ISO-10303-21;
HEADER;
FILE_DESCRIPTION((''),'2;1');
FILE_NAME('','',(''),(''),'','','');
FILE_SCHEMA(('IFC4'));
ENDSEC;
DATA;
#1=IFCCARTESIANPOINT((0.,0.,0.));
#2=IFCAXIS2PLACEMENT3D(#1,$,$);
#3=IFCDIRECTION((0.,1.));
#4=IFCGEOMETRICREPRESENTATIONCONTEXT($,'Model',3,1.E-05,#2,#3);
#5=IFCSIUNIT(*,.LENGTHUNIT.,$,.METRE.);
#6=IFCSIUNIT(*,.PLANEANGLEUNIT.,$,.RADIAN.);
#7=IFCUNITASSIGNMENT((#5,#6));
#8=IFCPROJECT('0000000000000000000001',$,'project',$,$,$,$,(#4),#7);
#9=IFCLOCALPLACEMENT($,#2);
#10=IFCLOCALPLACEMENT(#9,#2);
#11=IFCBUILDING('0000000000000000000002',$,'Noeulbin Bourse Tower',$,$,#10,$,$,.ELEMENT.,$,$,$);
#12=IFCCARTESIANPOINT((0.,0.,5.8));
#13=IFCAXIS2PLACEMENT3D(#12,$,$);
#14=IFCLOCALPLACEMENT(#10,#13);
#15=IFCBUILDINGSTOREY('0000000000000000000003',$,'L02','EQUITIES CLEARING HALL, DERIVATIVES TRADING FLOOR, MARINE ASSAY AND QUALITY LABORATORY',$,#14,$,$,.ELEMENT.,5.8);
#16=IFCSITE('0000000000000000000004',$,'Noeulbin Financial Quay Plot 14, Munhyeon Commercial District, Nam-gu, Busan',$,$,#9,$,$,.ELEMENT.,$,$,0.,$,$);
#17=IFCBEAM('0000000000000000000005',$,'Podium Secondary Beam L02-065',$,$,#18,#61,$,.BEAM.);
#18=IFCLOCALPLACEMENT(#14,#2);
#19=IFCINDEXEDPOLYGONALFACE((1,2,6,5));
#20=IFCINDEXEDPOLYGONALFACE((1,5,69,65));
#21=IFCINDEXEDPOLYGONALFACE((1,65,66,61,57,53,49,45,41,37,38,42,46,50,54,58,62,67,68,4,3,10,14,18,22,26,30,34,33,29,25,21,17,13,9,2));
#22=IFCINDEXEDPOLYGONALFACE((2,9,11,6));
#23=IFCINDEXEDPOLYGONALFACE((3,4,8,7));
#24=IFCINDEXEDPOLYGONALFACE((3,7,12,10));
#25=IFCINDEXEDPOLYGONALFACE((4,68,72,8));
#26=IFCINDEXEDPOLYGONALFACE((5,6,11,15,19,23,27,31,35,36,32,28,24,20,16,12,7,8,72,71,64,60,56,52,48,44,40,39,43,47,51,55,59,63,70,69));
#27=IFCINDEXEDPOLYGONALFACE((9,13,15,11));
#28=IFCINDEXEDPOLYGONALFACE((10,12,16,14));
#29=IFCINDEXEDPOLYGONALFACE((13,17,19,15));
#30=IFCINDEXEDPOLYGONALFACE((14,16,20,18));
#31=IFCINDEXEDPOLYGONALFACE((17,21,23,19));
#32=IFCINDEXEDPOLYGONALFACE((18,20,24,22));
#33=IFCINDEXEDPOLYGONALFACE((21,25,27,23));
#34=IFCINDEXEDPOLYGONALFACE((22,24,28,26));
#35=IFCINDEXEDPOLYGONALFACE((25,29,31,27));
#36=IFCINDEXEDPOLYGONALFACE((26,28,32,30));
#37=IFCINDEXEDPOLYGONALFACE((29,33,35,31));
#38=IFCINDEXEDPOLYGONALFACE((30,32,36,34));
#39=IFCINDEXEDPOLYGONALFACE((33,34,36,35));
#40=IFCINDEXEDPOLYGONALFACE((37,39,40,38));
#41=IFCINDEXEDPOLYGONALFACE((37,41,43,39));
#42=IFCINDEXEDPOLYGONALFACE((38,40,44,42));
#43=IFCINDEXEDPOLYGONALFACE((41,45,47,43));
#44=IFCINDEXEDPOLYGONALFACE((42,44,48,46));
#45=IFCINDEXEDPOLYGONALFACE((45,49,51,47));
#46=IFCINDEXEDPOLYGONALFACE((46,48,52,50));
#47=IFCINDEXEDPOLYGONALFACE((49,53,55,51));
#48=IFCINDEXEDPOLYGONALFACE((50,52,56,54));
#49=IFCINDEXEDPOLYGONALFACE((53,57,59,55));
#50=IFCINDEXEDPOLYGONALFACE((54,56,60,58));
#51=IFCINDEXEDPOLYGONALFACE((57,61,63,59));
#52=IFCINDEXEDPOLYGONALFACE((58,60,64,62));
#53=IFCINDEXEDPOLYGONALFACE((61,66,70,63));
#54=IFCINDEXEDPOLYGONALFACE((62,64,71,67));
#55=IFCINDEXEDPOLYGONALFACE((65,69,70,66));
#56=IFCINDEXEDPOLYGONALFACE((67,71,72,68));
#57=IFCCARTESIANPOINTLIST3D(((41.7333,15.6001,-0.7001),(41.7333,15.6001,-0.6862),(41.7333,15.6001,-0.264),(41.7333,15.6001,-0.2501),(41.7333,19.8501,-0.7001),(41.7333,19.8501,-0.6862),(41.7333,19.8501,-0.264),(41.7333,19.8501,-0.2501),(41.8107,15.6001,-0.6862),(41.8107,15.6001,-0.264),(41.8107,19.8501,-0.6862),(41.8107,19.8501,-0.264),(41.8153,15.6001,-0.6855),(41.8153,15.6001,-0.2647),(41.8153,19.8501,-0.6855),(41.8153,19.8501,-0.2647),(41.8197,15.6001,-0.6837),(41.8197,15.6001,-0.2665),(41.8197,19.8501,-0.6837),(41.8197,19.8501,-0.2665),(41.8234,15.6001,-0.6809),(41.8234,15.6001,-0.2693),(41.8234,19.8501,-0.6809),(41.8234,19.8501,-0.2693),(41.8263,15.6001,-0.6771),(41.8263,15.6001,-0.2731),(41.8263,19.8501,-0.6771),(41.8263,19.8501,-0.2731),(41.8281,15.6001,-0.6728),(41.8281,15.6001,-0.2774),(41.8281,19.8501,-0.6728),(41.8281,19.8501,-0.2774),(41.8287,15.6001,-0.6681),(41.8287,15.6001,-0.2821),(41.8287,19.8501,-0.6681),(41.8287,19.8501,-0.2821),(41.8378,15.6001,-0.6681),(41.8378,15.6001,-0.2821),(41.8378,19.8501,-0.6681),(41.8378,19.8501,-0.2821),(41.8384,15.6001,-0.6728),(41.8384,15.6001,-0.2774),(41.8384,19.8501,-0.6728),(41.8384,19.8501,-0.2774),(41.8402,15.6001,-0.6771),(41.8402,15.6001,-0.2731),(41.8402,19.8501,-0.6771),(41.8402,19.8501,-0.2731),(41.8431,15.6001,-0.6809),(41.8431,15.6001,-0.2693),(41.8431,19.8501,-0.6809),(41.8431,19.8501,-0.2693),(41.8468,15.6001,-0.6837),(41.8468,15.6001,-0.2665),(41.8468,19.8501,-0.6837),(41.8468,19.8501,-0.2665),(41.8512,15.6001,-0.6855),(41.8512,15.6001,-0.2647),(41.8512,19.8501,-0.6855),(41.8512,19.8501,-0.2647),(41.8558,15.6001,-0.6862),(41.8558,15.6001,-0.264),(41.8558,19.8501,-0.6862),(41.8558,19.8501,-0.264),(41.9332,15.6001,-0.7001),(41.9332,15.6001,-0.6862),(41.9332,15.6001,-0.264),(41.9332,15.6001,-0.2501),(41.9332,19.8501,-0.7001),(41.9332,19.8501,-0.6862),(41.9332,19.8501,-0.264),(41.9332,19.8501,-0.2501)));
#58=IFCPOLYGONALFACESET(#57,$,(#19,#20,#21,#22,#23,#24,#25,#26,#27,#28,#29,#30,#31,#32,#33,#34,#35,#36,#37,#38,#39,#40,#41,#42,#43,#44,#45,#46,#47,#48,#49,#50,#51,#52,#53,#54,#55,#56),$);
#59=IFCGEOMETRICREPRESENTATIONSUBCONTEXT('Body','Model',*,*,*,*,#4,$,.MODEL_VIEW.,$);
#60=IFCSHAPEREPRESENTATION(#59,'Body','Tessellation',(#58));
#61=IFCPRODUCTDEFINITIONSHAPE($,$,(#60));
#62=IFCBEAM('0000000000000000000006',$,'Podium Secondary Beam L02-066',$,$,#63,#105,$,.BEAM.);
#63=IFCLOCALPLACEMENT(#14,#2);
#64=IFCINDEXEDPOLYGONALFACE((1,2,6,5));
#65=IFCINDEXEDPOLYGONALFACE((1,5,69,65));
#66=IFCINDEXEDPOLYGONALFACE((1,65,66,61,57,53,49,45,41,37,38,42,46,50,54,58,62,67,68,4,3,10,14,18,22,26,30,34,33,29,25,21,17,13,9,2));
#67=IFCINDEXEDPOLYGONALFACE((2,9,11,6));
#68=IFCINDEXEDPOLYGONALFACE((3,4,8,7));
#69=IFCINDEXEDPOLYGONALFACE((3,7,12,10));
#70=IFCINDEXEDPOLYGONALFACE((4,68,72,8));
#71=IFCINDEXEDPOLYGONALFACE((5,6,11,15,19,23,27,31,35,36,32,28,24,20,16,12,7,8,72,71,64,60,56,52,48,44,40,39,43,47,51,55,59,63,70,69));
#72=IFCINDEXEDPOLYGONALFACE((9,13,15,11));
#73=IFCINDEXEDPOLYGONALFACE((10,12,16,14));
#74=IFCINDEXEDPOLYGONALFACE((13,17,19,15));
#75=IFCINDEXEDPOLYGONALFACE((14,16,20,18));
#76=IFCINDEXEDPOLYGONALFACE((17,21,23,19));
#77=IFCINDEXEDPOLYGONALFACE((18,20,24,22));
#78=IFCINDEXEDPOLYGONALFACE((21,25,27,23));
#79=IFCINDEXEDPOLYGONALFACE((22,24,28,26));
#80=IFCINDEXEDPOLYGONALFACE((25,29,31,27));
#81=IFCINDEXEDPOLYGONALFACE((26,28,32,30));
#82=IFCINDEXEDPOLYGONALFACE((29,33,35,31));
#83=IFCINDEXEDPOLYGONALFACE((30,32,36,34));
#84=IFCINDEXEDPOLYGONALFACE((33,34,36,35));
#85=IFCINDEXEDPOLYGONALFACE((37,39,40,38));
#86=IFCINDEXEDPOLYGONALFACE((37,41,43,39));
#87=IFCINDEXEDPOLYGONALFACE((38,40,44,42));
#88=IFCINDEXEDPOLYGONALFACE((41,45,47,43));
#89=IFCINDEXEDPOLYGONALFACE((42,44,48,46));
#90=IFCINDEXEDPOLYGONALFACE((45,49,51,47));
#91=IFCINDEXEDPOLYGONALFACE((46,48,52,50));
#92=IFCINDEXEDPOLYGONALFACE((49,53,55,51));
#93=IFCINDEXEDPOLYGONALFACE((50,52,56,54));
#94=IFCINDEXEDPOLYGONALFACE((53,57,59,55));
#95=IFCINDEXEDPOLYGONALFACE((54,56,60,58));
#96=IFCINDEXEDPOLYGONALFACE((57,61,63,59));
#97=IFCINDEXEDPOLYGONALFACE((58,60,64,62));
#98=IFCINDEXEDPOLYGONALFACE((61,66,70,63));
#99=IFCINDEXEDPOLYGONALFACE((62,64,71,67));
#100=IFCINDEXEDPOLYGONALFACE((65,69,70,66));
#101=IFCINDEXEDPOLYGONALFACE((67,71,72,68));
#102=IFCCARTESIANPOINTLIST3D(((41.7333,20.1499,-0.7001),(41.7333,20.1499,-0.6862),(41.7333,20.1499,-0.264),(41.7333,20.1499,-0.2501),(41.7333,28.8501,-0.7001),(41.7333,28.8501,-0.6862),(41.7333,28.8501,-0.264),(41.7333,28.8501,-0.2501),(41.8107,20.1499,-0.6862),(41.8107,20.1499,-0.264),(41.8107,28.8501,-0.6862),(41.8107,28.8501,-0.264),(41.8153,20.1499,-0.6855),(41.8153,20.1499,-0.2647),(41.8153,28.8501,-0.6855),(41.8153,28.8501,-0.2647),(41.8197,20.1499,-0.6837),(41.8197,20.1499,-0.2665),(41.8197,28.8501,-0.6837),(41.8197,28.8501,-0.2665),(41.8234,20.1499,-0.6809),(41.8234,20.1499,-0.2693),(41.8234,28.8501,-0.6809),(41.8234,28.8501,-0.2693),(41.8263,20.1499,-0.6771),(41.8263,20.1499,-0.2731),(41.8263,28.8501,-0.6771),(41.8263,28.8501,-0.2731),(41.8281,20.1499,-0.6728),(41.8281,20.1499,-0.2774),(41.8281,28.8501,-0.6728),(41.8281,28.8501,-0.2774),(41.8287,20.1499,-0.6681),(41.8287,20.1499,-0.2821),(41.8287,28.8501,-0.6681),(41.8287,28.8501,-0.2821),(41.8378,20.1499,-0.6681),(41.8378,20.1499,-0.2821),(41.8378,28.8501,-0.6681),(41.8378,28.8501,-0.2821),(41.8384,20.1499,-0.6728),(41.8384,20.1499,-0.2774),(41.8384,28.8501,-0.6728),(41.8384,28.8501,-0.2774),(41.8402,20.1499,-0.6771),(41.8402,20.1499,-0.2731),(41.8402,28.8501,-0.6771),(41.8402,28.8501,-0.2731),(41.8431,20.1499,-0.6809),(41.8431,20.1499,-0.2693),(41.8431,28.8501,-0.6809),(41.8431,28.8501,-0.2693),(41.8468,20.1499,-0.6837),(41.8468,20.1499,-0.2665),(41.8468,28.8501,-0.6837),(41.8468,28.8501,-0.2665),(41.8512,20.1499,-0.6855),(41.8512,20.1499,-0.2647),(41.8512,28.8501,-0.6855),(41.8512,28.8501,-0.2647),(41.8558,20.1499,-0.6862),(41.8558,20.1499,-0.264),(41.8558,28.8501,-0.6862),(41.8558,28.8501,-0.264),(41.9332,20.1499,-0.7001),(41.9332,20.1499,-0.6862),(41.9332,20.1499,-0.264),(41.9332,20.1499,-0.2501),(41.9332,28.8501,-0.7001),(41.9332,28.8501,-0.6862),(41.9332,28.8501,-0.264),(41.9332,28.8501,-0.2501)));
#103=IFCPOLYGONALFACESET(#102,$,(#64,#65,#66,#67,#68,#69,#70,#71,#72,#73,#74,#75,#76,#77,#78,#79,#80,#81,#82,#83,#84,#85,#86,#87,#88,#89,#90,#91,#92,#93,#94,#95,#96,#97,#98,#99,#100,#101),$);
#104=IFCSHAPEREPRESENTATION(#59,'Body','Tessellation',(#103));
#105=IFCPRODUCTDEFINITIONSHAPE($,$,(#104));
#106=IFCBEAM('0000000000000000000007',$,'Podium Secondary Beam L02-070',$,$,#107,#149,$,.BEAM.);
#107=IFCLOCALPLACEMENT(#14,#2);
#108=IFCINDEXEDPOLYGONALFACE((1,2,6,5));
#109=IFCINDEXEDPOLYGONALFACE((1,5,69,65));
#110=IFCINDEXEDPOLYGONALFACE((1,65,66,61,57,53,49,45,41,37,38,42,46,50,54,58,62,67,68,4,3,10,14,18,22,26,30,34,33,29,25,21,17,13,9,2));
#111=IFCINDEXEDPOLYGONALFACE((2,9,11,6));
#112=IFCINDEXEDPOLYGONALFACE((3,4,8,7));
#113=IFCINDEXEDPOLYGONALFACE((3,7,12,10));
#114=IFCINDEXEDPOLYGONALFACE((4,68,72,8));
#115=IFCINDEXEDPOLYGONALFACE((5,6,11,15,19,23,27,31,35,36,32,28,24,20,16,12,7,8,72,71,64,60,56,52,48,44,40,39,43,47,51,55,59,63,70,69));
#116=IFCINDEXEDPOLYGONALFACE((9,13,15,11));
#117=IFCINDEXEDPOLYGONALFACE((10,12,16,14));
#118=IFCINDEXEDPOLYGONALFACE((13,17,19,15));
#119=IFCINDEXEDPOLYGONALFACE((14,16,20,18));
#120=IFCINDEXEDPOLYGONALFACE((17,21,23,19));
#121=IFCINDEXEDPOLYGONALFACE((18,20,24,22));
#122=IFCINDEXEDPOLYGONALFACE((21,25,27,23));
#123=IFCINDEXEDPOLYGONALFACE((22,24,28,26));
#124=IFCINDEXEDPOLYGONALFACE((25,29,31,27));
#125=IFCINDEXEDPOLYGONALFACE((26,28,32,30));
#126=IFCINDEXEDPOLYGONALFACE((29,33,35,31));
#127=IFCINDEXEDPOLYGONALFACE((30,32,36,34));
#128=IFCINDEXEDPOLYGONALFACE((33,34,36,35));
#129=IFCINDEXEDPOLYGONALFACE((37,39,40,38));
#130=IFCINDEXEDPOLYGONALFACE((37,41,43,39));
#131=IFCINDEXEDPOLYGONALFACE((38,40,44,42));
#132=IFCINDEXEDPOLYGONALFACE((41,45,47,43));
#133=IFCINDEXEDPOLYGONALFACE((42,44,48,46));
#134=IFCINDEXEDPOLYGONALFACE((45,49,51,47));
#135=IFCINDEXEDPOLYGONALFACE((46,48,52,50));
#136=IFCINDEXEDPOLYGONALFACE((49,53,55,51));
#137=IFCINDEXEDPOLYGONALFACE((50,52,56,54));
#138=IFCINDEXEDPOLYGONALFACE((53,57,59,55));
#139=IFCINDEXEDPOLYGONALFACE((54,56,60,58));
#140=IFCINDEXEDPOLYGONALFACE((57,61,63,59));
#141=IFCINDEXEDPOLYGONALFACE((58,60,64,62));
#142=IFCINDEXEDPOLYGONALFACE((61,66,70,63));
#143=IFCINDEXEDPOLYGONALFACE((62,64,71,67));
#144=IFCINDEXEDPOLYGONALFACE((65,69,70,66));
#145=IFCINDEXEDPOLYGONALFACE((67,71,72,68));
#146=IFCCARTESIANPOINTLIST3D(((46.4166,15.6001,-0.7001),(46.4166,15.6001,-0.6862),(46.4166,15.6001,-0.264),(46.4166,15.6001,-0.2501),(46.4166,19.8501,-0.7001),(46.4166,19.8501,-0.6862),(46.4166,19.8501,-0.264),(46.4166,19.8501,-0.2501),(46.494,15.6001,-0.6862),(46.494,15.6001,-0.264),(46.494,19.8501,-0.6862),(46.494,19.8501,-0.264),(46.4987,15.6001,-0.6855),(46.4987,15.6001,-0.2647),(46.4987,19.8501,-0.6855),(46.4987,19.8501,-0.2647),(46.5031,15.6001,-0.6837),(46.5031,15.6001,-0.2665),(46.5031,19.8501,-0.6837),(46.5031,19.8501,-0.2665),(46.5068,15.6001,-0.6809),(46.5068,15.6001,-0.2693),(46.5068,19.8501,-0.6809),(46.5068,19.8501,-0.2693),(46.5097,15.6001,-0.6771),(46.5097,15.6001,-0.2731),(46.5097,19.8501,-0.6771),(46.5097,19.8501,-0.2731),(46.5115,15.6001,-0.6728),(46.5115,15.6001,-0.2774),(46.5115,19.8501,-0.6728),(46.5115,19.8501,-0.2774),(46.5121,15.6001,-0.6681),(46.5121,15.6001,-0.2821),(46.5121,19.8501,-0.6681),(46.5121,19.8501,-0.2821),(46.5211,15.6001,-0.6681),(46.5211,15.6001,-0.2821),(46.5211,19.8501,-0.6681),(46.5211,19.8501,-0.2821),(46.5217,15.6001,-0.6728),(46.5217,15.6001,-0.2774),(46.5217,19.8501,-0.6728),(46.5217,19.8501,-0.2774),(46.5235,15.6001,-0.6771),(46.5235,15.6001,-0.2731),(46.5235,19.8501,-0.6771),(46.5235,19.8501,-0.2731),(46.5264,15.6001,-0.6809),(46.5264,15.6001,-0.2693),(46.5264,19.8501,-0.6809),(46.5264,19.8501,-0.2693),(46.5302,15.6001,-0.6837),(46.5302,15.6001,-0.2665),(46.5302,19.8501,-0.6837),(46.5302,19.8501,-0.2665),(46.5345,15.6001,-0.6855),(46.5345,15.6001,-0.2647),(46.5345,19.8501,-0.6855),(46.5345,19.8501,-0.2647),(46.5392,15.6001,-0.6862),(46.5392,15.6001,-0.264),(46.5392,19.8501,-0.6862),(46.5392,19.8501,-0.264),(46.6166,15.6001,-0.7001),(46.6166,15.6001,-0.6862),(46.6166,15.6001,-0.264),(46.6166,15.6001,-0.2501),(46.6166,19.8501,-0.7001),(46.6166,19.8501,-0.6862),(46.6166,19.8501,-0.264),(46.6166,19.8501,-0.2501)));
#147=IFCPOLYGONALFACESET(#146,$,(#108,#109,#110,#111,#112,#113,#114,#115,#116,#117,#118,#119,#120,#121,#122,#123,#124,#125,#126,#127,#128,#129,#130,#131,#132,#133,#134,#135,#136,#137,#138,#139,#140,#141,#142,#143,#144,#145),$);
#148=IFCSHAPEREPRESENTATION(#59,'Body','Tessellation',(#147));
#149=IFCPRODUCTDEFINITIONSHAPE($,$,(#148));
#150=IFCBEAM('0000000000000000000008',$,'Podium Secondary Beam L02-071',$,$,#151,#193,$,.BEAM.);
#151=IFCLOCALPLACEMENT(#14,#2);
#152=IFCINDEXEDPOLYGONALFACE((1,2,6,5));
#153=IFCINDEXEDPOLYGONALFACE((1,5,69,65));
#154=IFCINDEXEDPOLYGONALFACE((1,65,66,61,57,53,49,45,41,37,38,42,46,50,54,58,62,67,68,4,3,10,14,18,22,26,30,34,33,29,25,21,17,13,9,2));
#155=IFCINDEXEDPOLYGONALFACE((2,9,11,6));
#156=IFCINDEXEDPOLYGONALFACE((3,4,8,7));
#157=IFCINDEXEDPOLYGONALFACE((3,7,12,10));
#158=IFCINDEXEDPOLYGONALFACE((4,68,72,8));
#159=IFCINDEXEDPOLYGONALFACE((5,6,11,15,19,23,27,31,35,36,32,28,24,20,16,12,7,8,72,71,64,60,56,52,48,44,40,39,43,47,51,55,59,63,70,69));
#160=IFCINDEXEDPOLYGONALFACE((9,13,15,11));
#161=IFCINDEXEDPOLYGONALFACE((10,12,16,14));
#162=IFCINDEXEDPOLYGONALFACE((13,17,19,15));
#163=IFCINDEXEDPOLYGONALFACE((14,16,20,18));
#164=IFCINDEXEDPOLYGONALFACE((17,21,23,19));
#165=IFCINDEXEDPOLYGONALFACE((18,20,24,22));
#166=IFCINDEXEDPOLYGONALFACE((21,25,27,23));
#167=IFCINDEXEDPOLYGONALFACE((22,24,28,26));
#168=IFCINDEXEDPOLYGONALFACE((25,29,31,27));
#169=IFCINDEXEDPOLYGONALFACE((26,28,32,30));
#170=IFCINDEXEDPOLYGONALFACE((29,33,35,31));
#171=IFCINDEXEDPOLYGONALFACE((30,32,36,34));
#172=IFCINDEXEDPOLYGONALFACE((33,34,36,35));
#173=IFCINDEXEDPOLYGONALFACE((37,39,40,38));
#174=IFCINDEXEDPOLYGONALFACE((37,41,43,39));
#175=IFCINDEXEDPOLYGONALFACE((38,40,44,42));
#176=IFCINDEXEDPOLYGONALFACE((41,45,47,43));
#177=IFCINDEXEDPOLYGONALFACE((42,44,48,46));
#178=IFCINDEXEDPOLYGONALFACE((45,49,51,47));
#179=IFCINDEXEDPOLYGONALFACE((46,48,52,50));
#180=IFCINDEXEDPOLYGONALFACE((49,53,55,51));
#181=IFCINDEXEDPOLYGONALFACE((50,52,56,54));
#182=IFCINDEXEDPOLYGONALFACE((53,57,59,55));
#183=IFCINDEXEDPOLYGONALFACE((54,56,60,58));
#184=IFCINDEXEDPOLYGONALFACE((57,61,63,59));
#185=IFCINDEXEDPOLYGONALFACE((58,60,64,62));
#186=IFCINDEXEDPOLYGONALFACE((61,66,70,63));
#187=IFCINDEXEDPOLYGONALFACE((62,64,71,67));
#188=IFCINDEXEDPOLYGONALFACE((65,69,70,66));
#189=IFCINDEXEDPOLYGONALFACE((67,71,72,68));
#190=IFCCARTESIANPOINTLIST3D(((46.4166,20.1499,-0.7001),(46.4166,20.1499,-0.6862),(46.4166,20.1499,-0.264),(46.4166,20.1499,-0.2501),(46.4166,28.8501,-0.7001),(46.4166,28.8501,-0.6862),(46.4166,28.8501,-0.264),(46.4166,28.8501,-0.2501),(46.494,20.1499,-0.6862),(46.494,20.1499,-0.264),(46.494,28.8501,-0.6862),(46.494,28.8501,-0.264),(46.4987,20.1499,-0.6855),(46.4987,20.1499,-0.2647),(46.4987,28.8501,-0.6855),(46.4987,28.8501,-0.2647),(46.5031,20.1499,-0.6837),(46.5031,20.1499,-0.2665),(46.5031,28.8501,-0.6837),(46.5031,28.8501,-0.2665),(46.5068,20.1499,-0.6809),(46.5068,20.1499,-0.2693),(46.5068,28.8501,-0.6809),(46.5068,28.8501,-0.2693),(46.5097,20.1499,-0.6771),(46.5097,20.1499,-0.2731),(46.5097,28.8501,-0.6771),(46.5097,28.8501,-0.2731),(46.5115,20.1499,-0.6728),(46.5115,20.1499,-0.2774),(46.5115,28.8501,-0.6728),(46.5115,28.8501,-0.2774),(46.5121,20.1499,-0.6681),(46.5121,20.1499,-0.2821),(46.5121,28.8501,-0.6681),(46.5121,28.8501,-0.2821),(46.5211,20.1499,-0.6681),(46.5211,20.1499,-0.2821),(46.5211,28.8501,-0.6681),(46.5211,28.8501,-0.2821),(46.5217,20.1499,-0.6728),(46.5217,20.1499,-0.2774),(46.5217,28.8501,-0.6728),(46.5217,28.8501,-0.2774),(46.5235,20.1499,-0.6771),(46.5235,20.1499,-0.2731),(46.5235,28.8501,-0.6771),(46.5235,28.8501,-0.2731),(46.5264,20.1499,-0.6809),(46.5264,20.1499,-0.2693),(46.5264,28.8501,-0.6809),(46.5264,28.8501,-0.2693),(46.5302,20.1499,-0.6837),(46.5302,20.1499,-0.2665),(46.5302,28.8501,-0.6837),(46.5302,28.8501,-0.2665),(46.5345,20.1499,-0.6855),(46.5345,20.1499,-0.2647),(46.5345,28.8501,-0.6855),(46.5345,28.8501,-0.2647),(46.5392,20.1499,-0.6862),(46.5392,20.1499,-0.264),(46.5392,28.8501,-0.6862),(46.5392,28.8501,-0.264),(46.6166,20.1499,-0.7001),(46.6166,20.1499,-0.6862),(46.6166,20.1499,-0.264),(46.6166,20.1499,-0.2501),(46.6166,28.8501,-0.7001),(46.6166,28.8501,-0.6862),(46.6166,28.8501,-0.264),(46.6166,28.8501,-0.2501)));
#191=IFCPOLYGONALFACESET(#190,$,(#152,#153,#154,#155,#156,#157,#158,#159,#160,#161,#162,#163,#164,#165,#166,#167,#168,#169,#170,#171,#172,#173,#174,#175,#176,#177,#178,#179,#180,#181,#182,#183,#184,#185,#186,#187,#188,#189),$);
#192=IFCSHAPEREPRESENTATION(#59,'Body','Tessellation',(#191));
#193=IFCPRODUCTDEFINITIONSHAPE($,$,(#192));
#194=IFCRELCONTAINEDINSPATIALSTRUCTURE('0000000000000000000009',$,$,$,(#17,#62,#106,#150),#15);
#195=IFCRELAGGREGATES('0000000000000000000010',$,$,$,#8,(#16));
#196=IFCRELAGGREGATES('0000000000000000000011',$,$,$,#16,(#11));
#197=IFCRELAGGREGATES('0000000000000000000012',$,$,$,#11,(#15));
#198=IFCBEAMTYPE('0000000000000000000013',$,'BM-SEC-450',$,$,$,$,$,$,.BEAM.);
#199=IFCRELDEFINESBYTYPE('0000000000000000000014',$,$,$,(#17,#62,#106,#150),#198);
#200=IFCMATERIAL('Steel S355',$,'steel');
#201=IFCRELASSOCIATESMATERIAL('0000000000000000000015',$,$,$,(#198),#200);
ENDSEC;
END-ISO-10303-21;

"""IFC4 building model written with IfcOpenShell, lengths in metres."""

from ifc_helpers import new_model, si_unit, direction, frame, origin, origin_2d, place, context, subcontext, project, spatial, i_section, extrude, material, material_profile, profile_set, type_object, element, save


model = new_model("IFC4")

# Units and contexts
model_context = context("Model", 3, precision=1e-05, world=origin(), true_north=direction((0.0, 1.0)))
body_context = subcontext(model_context, "Body", "Model", "MODEL_VIEW")
ifc_project = project(units=[si_unit("LENGTHUNIT", "METRE"), si_unit("PLANEANGLEUNIT", "RADIAN")], contexts=[model_context])

# Site, building, storey
site_placement = place(None, origin())
site = spatial("IfcSite", under=ifc_project, at=site_placement, Name="Noeulbin Financial Quay Plot 14, Munhyeon Commercial District, Nam-gu, Busan", CompositionType="ELEMENT", RefElevation=0.0)
building_placement = place(site_placement, origin())
building = spatial("IfcBuilding", under=site, at=building_placement, Name="Noeulbin Bourse Tower", CompositionType="ELEMENT")
storey_placement = place(building_placement, frame((0.0, 0.0, 5.8)))
storey = spatial("IfcBuildingStorey", under=building, at=storey_placement, Name="L02", Description="EQUITIES CLEARING HALL, DERIVATIVES TRADING FLOOR, MARINE ASSAY AND QUALITY LABORATORY", CompositionType="ELEMENT", Elevation=5.8)

# Beams
ifc_material_1 = material(Name="Steel S355", Category="steel")
ifc_material_profile_1 = material_profile(ifc_material_1, i_section(OverallWidth=0.2, OverallDepth=0.45, WebThickness=0.009, FlangeThickness=0.0139, FilletRadius=0.0181, at=origin_2d()), Name="H-450x200x9x14", Category="LoadBearing")
ifc_profile_set_1 = profile_set([ifc_material_profile_1], Name="Steel S355")
beam_type_1 = type_object("IfcBeamType", Name="BM-SEC-450", PredefinedType="BEAM", material=ifc_profile_set_1)
beam_1_placement = place(storey_placement, frame((41.8333, 15.6001, -0.4751), z_axis=(0.0, 1.0, 0.0), x_axis=(-1.0, 0.0, 0.0)))
element("IfcBeam", 1, at=beam_1_placement, inside=storey, type_object=beam_type_1, Name="Podium Secondary Beam L02-065", PredefinedType="BEAM", context=body_context, shape_type="SweptSolid", body=[
    extrude(i_section(OverallWidth=0.2, OverallDepth=0.45, WebThickness=0.009, FlangeThickness=0.0139, FilletRadius=0.0181, at=origin_2d()), origin(), (0.0, 0.0, 1.0), 4.25),
])
beam_2_placement = place(storey_placement, frame((41.8333, 20.1499, -0.4751), z_axis=(0.0, 1.0, 0.0), x_axis=(-1.0, 0.0, 0.0)))
element("IfcBeam", 2, at=beam_2_placement, inside=storey, type_object=beam_type_1, Name="Podium Secondary Beam L02-066", PredefinedType="BEAM", context=body_context, shape_type="SweptSolid", body=[
    extrude(i_section(OverallWidth=0.2, OverallDepth=0.45, WebThickness=0.009, FlangeThickness=0.0139, FilletRadius=0.0181, at=origin_2d()), origin(), (0.0, 0.0, 1.0), 8.7002),
])
beam_3_placement = place(storey_placement, frame((46.5166, 15.6001, -0.4751), z_axis=(0.0, 1.0, 0.0), x_axis=(-1.0, 0.0, 0.0)))
element("IfcBeam", 3, at=beam_3_placement, inside=storey, type_object=beam_type_1, Name="Podium Secondary Beam L02-070", PredefinedType="BEAM", context=body_context, shape_type="SweptSolid", body=[
    extrude(i_section(OverallWidth=0.2, OverallDepth=0.45, WebThickness=0.009, FlangeThickness=0.0139, FilletRadius=0.0181, at=origin_2d()), origin(), (0.0, 0.0, 1.0), 4.25),
])
beam_4_placement = place(storey_placement, frame((46.5166, 20.1499, -0.4751), z_axis=(0.0, 1.0, 0.0), x_axis=(-1.0, 0.0, 0.0)))
element("IfcBeam", 4, at=beam_4_placement, inside=storey, type_object=beam_type_1, Name="Podium Secondary Beam L02-071", PredefinedType="BEAM", context=body_context, shape_type="SweptSolid", body=[
    extrude(i_section(OverallWidth=0.2, OverallDepth=0.45, WebThickness=0.009, FlangeThickness=0.0139, FilletRadius=0.0181, at=origin_2d()), origin(), (0.0, 0.0, 1.0), 8.7002),
])

save(model, "model.ifc")
